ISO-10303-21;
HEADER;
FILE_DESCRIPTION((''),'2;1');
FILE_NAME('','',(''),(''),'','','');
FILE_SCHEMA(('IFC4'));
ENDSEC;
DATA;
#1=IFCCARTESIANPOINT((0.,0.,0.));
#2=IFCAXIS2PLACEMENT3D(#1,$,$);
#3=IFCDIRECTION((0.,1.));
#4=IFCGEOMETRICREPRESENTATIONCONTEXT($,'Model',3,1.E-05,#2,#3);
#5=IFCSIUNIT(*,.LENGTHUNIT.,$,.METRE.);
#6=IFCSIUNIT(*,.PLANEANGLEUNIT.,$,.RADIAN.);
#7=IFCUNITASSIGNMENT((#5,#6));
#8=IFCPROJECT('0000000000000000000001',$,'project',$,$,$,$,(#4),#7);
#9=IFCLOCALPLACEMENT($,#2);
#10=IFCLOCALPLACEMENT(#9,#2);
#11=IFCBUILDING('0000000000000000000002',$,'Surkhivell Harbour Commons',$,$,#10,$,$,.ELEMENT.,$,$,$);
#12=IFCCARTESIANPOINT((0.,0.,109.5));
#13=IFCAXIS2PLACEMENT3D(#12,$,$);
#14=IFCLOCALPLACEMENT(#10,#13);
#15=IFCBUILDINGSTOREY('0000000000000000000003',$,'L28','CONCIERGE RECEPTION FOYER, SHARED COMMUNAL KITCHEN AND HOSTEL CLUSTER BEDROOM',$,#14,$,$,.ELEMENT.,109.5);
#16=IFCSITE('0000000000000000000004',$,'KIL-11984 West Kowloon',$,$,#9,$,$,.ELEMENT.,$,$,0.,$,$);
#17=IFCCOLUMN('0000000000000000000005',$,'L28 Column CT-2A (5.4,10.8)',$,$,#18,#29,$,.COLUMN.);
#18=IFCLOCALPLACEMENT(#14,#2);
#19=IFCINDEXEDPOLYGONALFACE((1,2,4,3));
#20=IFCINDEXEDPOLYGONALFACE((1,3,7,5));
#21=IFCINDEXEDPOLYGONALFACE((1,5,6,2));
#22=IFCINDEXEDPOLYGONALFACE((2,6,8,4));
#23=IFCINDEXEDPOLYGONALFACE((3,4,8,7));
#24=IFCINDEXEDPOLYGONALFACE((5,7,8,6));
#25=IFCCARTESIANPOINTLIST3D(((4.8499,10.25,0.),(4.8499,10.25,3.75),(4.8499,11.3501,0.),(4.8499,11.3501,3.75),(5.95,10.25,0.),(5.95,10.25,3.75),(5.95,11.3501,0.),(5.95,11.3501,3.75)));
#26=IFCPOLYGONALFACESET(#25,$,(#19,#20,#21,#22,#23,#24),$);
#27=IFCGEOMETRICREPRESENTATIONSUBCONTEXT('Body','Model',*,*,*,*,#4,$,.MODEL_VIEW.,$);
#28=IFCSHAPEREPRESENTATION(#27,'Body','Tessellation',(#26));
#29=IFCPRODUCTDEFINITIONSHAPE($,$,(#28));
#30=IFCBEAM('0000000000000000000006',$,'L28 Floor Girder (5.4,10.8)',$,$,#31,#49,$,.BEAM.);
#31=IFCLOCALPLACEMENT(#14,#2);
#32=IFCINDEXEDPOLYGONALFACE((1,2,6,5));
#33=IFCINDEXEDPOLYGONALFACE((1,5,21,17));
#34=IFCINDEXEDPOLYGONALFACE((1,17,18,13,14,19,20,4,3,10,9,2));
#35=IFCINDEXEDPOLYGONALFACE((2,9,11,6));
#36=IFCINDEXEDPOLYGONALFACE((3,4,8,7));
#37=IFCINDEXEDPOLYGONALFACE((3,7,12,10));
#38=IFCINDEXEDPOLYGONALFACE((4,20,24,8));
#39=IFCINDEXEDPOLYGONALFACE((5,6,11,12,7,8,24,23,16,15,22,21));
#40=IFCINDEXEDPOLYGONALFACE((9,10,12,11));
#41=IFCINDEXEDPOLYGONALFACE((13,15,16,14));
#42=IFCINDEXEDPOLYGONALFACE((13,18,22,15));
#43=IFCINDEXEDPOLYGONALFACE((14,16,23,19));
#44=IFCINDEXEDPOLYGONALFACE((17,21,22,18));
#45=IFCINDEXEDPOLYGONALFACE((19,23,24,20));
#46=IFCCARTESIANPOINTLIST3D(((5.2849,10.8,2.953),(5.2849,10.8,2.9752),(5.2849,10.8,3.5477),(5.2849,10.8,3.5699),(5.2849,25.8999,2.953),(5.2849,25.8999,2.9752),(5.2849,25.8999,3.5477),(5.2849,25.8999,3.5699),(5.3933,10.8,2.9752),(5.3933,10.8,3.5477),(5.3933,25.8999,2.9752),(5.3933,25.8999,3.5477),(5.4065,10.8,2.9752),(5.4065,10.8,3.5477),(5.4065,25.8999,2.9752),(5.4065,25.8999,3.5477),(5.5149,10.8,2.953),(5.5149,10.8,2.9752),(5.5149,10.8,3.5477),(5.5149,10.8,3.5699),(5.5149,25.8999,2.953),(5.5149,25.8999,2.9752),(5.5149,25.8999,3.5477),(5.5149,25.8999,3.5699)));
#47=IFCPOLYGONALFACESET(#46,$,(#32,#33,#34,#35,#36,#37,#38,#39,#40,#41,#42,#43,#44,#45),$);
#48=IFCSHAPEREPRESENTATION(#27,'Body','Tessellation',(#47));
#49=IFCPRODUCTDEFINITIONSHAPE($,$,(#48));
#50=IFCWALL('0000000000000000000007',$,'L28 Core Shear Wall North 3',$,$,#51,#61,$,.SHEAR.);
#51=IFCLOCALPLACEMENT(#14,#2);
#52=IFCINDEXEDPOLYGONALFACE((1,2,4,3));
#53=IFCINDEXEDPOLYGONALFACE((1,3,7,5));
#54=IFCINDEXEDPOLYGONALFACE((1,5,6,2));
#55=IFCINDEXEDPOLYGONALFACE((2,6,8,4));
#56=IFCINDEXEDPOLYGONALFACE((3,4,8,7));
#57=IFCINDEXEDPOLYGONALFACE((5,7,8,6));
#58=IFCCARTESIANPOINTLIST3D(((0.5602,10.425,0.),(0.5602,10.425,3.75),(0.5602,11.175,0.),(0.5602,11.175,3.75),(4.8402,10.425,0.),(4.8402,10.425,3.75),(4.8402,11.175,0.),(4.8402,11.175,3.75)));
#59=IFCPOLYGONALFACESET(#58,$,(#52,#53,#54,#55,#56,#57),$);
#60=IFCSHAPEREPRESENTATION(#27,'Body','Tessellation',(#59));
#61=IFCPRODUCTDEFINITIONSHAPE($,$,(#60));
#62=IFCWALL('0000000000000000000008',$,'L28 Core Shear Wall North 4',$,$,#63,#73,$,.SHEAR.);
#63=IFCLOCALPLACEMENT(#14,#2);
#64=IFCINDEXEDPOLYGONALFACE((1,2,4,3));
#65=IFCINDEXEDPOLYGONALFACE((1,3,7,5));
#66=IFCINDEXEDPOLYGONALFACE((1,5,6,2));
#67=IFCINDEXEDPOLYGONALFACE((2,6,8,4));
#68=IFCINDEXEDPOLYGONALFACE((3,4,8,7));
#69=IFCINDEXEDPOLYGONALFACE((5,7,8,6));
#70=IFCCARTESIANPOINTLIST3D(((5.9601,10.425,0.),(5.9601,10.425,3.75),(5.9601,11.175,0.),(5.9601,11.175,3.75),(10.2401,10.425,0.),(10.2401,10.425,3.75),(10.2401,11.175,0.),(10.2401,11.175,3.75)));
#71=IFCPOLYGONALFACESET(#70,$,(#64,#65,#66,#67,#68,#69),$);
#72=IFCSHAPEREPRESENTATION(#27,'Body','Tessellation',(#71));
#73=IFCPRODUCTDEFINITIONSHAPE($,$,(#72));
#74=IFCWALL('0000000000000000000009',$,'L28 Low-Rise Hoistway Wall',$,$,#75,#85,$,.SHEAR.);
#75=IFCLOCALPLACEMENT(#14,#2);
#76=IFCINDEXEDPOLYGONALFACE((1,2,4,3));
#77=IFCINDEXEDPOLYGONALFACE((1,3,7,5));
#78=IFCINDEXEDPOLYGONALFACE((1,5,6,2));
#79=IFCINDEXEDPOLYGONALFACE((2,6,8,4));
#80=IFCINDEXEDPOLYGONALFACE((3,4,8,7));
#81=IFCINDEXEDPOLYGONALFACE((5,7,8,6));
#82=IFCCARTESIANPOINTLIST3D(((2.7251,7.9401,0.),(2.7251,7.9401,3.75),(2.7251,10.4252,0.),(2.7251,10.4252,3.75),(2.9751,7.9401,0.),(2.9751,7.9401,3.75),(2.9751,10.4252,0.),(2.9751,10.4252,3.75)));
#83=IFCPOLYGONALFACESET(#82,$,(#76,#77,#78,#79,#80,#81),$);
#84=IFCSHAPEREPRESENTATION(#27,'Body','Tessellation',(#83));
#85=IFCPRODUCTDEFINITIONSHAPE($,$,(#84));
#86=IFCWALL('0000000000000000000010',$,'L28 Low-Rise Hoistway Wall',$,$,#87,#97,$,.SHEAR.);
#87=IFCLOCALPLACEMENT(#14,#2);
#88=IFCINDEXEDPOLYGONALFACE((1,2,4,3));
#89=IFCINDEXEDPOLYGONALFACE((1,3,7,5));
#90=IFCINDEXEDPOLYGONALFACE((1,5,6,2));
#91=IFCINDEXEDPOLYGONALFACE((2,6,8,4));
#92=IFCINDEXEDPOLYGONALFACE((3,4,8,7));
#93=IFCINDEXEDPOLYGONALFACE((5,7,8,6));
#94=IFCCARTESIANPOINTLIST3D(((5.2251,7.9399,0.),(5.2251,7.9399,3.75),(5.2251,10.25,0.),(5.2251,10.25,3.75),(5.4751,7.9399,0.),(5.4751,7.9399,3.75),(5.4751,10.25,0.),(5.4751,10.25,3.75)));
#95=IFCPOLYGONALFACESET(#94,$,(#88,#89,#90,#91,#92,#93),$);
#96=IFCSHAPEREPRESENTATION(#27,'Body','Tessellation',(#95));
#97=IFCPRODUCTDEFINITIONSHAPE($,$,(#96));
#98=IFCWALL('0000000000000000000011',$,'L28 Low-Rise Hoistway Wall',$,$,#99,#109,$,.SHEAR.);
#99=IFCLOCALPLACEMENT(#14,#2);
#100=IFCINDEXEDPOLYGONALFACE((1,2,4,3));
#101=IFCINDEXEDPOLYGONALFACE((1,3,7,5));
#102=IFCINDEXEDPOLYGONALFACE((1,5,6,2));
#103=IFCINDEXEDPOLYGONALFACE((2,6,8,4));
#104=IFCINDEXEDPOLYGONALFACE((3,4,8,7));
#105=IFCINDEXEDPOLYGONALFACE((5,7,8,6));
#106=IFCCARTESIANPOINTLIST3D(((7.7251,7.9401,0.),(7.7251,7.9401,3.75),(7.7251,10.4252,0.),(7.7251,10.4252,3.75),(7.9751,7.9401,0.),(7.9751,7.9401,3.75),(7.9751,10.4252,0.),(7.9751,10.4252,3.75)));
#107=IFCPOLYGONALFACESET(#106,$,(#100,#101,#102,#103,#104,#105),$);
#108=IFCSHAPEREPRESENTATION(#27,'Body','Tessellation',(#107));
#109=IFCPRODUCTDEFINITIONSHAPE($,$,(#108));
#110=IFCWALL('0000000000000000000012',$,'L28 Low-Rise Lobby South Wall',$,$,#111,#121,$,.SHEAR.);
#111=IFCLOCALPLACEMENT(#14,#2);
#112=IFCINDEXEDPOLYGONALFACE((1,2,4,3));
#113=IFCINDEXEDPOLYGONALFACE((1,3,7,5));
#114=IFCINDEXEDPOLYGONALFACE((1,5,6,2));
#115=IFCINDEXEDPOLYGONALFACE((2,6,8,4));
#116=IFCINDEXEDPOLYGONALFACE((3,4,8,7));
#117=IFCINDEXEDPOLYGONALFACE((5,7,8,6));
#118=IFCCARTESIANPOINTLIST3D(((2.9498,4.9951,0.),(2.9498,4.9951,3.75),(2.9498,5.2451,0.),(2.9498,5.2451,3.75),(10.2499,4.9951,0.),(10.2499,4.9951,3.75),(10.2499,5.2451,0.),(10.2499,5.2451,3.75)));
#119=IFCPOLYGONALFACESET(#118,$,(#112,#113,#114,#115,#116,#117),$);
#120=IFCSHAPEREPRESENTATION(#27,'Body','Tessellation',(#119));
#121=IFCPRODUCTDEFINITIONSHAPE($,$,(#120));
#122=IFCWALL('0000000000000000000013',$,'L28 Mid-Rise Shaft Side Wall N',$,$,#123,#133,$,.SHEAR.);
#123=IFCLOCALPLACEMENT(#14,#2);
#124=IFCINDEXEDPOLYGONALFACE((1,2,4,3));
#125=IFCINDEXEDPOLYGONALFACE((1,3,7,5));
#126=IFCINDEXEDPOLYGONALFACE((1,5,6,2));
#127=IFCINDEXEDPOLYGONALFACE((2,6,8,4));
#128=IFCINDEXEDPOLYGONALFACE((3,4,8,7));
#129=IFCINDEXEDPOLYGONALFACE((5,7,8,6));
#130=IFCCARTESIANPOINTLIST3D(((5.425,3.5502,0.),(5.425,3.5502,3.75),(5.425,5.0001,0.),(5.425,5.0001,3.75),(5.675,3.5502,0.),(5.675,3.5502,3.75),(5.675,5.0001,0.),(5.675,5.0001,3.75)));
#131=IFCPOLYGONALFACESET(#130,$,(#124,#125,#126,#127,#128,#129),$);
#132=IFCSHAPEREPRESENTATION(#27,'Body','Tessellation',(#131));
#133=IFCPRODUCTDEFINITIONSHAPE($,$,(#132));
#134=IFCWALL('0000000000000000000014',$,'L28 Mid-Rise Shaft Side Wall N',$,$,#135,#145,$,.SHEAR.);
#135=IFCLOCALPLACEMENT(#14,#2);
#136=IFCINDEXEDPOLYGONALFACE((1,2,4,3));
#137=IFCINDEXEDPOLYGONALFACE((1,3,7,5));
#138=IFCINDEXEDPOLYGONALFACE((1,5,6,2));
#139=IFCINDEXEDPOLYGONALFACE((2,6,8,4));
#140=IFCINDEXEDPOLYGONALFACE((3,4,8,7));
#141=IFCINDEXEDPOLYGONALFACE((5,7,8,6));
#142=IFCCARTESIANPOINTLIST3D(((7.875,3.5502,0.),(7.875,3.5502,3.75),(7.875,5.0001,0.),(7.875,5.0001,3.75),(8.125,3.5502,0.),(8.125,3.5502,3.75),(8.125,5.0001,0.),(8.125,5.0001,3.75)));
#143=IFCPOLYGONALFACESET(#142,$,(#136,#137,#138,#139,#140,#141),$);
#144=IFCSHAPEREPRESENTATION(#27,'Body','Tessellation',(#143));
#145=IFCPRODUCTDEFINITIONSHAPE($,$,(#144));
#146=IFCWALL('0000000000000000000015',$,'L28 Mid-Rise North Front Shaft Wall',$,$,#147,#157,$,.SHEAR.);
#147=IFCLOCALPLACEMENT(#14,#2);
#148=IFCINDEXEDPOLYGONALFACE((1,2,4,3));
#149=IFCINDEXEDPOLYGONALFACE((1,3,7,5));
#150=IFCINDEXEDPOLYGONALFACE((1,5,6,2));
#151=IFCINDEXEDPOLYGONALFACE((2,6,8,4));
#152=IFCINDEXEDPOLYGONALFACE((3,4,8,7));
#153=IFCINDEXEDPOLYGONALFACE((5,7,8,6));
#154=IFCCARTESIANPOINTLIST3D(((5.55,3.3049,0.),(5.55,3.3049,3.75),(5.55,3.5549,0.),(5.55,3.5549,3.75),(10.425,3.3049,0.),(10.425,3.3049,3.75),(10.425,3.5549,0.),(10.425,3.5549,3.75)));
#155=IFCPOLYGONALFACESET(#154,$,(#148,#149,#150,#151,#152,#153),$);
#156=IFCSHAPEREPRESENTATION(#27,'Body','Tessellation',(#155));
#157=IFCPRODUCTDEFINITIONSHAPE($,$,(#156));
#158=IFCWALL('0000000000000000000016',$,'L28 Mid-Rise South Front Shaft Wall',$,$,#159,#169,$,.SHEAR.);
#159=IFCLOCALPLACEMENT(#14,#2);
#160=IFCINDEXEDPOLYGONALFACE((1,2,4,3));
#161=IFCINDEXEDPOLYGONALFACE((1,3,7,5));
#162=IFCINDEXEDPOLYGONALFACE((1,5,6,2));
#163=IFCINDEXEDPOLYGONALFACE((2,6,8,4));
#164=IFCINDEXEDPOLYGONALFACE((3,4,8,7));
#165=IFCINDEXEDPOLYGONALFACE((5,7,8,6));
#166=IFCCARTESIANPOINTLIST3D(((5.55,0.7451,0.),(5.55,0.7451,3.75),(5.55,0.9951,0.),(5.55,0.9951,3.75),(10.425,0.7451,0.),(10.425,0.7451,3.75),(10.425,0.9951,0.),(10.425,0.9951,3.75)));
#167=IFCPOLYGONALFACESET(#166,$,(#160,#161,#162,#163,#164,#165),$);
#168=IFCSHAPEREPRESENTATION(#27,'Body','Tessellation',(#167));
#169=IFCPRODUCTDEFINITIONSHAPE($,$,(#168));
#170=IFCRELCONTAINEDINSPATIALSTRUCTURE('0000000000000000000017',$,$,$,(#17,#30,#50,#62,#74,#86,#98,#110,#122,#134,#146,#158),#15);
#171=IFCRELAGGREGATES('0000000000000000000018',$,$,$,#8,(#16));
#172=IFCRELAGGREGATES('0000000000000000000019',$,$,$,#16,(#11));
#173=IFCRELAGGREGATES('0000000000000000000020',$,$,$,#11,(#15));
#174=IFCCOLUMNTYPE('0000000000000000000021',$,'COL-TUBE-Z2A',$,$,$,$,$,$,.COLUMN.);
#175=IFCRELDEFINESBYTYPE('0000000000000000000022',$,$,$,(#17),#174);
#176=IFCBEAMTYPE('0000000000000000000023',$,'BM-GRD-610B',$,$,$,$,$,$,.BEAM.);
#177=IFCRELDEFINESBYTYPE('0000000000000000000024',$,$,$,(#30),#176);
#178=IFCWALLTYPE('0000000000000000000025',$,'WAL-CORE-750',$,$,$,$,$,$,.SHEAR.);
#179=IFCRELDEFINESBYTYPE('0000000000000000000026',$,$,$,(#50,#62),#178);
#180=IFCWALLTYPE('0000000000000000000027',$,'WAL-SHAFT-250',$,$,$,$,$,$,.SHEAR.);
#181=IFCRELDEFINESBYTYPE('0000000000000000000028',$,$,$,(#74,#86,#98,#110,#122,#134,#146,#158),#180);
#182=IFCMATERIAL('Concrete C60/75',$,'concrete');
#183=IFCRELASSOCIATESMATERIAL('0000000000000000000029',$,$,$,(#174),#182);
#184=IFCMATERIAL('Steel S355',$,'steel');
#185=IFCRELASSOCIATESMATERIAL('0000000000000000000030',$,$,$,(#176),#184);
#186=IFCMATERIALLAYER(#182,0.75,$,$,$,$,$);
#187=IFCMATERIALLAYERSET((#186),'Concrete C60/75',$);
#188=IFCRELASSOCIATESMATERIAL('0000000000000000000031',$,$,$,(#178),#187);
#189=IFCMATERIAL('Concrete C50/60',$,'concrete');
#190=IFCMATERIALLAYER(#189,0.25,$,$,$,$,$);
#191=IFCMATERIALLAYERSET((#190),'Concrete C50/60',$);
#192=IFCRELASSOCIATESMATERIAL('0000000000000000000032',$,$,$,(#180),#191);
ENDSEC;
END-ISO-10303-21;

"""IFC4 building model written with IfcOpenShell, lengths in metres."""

from ifc_helpers import new_model, si_unit, direction, frame, frame_2d, origin, origin_2d, place, context, subcontext, project, spatial, rectangle, i_section, extrude, material, layer, layer_set, material_profile, profile_set, type_object, element, save


model = new_model("IFC4")

# Units and contexts
model_context = context("Model", 3, precision=1e-05, world=origin(), true_north=direction((0.0, 1.0)))
body_context = subcontext(model_context, "Body", "Model", "MODEL_VIEW")
ifc_project = project(units=[si_unit("LENGTHUNIT", "METRE"), si_unit("PLANEANGLEUNIT", "RADIAN")], contexts=[model_context])

# Site, building, storey
site_placement = place(None, origin())
site = spatial("IfcSite", under=ifc_project, at=site_placement, Name="KIL-11984 West Kowloon", CompositionType="ELEMENT", RefElevation=0.0)
building_placement = place(site_placement, origin())
building = spatial("IfcBuilding", under=site, at=building_placement, Name="Surkhivell Harbour Commons", CompositionType="ELEMENT")
storey_placement = place(building_placement, frame((0.0, 0.0, 109.5)))
storey = spatial("IfcBuildingStorey", under=building, at=storey_placement, Name="L28", Description="CONCIERGE RECEPTION FOYER, SHARED COMMUNAL KITCHEN AND HOSTEL CLUSTER BEDROOM", CompositionType="ELEMENT", Elevation=109.5)

# Column
ifc_material_1 = material(Name="Concrete C60/75", Category="concrete")
ifc_material_profile_1 = material_profile(ifc_material_1, rectangle(XDim=1.1001, YDim=1.1001, at=origin_2d()), Name="RC-COL-1100x1100")
ifc_profile_set_1 = profile_set([ifc_material_profile_1], Name="Concrete C60/75")
column_type = type_object("IfcColumnType", Name="COL-TUBE-Z2A", PredefinedType="COLUMN", material=ifc_profile_set_1)
column_placement = place(storey_placement, frame((5.3999, 10.8, 0.0), z_axis=(0.0, 0.0, 1.0), x_axis=(1.0, 0.0, 0.0)))
element("IfcColumn", 1, at=column_placement, inside=storey, type_object=column_type, Name="L28 Column CT-2A (5.4,10.8)", PredefinedType="COLUMN", context=body_context, shape_type="SweptSolid", body=[
    extrude(rectangle(XDim=1.1001, YDim=1.1001, at=origin_2d()), origin(), (0.0, 0.0, 1.0), 3.75),
])

# Beam
ifc_material_2 = material(Name="Steel S355", Category="steel")
ifc_material_profile_2 = material_profile(ifc_material_2, i_section(OverallWidth=0.23, OverallDepth=0.6169, WebThickness=0.0132, FlangeThickness=0.0222, at=origin_2d()), Name="UB610x229x140")
ifc_profile_set_2 = profile_set([ifc_material_profile_2], Name="Steel S355")
beam_type = type_object("IfcBeamType", Name="BM-GRD-610B", PredefinedType="BEAM", material=ifc_profile_set_2)
beam_placement = place(storey_placement, frame((5.3999, 10.8, 3.2615), z_axis=(0.0, 1.0, 0.0), x_axis=(-1.0, 0.0, 0.0)))
element("IfcBeam", 2, at=beam_placement, inside=storey, type_object=beam_type, Name="L28 Floor Girder (5.4,10.8)", PredefinedType="BEAM", context=body_context, shape_type="SweptSolid", body=[
    extrude(i_section(OverallWidth=0.23, OverallDepth=0.6169, WebThickness=0.0132, FlangeThickness=0.0222, at=origin_2d()), origin(), (0.0, 0.0, 1.0), 15.0999),
])

# Walls
ifc_layer_1 = layer(ifc_material_1, 0.75)
ifc_layer_set_1 = layer_set([ifc_layer_1], Name="Concrete C60/75")
wall_type_1 = type_object("IfcWallType", Name="WAL-CORE-750", PredefinedType="SHEAR", material=ifc_layer_set_1)
for number, where, z_axis, x_axis, name in (
    (3, (0.5601, 10.8, 0.0), (0.0, 0.0, 1.0), (1.0, 0.0, 0.0), "L28 Core Shear Wall North 3"),
    (4, (5.96, 10.8, 0.0), (0.0, 0.0, 1.0), (1.0, 0.0, 0.0), "L28 Core Shear Wall North 4"),
):
    element("IfcWall", number, at=place(storey_placement, frame(where, z_axis=z_axis, x_axis=x_axis)), inside=storey, type_object=wall_type_1, Name=name, PredefinedType="SHEAR", context=body_context, shape_type="SweptSolid", body=[
        extrude(rectangle(XDim=4.28, YDim=0.75, at=frame_2d((2.1401, 0.0))), origin(), (0.0, 0.0, 1.0), 3.75),
    ])
ifc_material_3 = material(Name="Concrete C50/60", Category="concrete")
ifc_layer_2 = layer(ifc_material_3, 0.25)
ifc_layer_set_2 = layer_set([ifc_layer_2], Name="Concrete C50/60")
wall_type_2 = type_object("IfcWallType", Name="WAL-SHAFT-250", PredefinedType="SHEAR", material=ifc_layer_set_2)
wall_1_placement = place(storey_placement, frame((2.8501, 7.9399, 0.0), z_axis=(0.0, 0.0, 1.0), x_axis=(0.0, 1.0, 0.0)))
element("IfcWall", 5, at=wall_1_placement, inside=storey, type_object=wall_type_2, Name="L28 Low-Rise Hoistway Wall", PredefinedType="SHEAR", context=body_context, shape_type="SweptSolid", body=[
    extrude(rectangle(XDim=2.4851, YDim=0.25, at=frame_2d((1.2427, 0.0))), origin(), (0.0, 0.0, 1.0), 3.75),
])
wall_2_placement = place(storey_placement, frame((5.3501, 7.9399, 0.0), z_axis=(0.0, 0.0, 1.0), x_axis=(0.0, 1.0, 0.0)))
element("IfcWall", 6, at=wall_2_placement, inside=storey, type_object=wall_type_2, Name="L28 Low-Rise Hoistway Wall", PredefinedType="SHEAR", context=body_context, shape_type="SweptSolid", body=[
    extrude(rectangle(XDim=2.3101, YDim=0.25, at=frame_2d((1.155, 0.0))), origin(), (0.0, 0.0, 1.0), 3.75),
])
wall_3_placement = place(storey_placement, frame((7.8501, 7.9399, 0.0), z_axis=(0.0, 0.0, 1.0), x_axis=(0.0, 1.0, 0.0)))
element("IfcWall", 7, at=wall_3_placement, inside=storey, type_object=wall_type_2, Name="L28 Low-Rise Hoistway Wall", PredefinedType="SHEAR", context=body_context, shape_type="SweptSolid", body=[
    extrude(rectangle(XDim=2.4851, YDim=0.25, at=frame_2d((1.2427, 0.0))), origin(), (0.0, 0.0, 1.0), 3.75),
])
wall_4_placement = place(storey_placement, frame((2.95, 5.1201, 0.0), z_axis=(0.0, 0.0, 1.0), x_axis=(1.0, 0.0, 0.0)))
element("IfcWall", 8, at=wall_4_placement, inside=storey, type_object=wall_type_2, Name="L28 Low-Rise Lobby South Wall", PredefinedType="SHEAR", context=body_context, shape_type="SweptSolid", body=[
    extrude(rectangle(XDim=7.3, YDim=0.25, at=frame_2d((3.6499, 0.0))), origin(), (0.0, 0.0, 1.0), 3.75),
])
for number, where, z_axis, x_axis, name in (
    (9, (5.55, 3.55, 0.0), (0.0, 0.0, 1.0), (0.0, 1.0, 0.0), "L28 Mid-Rise Shaft Side Wall N"),
    (10, (8.0, 3.55, 0.0), (0.0, 0.0, 1.0), (0.0, 1.0, 0.0), "L28 Mid-Rise Shaft Side Wall N"),
):
    element("IfcWall", number, at=place(storey_placement, frame(where, z_axis=z_axis, x_axis=x_axis)), inside=storey, type_object=wall_type_2, Name=name, PredefinedType="SHEAR", context=body_context, shape_type="SweptSolid", body=[
        extrude(rectangle(XDim=1.45, YDim=0.25, at=frame_2d((0.7251, 0.0))), origin(), (0.0, 0.0, 1.0), 3.75),
    ])
for number, where, z_axis, x_axis, name in (
    (11, (5.55, 3.4299, 0.0), (0.0, 0.0, 1.0), (1.0, 0.0, 0.0), "L28 Mid-Rise North Front Shaft Wall"),
    (12, (5.55, 0.8701, 0.0), (0.0, 0.0, 1.0), (1.0, 0.0, 0.0), "L28 Mid-Rise South Front Shaft Wall"),
):
    element("IfcWall", number, at=place(storey_placement, frame(where, z_axis=z_axis, x_axis=x_axis)), inside=storey, type_object=wall_type_2, Name=name, PredefinedType="SHEAR", context=body_context, shape_type="SweptSolid", body=[
        extrude(rectangle(XDim=4.875, YDim=0.25, at=frame_2d((2.4375, 0.0))), origin(), (0.0, 0.0, 1.0), 3.75),
    ])

save(model, "model.ifc")
